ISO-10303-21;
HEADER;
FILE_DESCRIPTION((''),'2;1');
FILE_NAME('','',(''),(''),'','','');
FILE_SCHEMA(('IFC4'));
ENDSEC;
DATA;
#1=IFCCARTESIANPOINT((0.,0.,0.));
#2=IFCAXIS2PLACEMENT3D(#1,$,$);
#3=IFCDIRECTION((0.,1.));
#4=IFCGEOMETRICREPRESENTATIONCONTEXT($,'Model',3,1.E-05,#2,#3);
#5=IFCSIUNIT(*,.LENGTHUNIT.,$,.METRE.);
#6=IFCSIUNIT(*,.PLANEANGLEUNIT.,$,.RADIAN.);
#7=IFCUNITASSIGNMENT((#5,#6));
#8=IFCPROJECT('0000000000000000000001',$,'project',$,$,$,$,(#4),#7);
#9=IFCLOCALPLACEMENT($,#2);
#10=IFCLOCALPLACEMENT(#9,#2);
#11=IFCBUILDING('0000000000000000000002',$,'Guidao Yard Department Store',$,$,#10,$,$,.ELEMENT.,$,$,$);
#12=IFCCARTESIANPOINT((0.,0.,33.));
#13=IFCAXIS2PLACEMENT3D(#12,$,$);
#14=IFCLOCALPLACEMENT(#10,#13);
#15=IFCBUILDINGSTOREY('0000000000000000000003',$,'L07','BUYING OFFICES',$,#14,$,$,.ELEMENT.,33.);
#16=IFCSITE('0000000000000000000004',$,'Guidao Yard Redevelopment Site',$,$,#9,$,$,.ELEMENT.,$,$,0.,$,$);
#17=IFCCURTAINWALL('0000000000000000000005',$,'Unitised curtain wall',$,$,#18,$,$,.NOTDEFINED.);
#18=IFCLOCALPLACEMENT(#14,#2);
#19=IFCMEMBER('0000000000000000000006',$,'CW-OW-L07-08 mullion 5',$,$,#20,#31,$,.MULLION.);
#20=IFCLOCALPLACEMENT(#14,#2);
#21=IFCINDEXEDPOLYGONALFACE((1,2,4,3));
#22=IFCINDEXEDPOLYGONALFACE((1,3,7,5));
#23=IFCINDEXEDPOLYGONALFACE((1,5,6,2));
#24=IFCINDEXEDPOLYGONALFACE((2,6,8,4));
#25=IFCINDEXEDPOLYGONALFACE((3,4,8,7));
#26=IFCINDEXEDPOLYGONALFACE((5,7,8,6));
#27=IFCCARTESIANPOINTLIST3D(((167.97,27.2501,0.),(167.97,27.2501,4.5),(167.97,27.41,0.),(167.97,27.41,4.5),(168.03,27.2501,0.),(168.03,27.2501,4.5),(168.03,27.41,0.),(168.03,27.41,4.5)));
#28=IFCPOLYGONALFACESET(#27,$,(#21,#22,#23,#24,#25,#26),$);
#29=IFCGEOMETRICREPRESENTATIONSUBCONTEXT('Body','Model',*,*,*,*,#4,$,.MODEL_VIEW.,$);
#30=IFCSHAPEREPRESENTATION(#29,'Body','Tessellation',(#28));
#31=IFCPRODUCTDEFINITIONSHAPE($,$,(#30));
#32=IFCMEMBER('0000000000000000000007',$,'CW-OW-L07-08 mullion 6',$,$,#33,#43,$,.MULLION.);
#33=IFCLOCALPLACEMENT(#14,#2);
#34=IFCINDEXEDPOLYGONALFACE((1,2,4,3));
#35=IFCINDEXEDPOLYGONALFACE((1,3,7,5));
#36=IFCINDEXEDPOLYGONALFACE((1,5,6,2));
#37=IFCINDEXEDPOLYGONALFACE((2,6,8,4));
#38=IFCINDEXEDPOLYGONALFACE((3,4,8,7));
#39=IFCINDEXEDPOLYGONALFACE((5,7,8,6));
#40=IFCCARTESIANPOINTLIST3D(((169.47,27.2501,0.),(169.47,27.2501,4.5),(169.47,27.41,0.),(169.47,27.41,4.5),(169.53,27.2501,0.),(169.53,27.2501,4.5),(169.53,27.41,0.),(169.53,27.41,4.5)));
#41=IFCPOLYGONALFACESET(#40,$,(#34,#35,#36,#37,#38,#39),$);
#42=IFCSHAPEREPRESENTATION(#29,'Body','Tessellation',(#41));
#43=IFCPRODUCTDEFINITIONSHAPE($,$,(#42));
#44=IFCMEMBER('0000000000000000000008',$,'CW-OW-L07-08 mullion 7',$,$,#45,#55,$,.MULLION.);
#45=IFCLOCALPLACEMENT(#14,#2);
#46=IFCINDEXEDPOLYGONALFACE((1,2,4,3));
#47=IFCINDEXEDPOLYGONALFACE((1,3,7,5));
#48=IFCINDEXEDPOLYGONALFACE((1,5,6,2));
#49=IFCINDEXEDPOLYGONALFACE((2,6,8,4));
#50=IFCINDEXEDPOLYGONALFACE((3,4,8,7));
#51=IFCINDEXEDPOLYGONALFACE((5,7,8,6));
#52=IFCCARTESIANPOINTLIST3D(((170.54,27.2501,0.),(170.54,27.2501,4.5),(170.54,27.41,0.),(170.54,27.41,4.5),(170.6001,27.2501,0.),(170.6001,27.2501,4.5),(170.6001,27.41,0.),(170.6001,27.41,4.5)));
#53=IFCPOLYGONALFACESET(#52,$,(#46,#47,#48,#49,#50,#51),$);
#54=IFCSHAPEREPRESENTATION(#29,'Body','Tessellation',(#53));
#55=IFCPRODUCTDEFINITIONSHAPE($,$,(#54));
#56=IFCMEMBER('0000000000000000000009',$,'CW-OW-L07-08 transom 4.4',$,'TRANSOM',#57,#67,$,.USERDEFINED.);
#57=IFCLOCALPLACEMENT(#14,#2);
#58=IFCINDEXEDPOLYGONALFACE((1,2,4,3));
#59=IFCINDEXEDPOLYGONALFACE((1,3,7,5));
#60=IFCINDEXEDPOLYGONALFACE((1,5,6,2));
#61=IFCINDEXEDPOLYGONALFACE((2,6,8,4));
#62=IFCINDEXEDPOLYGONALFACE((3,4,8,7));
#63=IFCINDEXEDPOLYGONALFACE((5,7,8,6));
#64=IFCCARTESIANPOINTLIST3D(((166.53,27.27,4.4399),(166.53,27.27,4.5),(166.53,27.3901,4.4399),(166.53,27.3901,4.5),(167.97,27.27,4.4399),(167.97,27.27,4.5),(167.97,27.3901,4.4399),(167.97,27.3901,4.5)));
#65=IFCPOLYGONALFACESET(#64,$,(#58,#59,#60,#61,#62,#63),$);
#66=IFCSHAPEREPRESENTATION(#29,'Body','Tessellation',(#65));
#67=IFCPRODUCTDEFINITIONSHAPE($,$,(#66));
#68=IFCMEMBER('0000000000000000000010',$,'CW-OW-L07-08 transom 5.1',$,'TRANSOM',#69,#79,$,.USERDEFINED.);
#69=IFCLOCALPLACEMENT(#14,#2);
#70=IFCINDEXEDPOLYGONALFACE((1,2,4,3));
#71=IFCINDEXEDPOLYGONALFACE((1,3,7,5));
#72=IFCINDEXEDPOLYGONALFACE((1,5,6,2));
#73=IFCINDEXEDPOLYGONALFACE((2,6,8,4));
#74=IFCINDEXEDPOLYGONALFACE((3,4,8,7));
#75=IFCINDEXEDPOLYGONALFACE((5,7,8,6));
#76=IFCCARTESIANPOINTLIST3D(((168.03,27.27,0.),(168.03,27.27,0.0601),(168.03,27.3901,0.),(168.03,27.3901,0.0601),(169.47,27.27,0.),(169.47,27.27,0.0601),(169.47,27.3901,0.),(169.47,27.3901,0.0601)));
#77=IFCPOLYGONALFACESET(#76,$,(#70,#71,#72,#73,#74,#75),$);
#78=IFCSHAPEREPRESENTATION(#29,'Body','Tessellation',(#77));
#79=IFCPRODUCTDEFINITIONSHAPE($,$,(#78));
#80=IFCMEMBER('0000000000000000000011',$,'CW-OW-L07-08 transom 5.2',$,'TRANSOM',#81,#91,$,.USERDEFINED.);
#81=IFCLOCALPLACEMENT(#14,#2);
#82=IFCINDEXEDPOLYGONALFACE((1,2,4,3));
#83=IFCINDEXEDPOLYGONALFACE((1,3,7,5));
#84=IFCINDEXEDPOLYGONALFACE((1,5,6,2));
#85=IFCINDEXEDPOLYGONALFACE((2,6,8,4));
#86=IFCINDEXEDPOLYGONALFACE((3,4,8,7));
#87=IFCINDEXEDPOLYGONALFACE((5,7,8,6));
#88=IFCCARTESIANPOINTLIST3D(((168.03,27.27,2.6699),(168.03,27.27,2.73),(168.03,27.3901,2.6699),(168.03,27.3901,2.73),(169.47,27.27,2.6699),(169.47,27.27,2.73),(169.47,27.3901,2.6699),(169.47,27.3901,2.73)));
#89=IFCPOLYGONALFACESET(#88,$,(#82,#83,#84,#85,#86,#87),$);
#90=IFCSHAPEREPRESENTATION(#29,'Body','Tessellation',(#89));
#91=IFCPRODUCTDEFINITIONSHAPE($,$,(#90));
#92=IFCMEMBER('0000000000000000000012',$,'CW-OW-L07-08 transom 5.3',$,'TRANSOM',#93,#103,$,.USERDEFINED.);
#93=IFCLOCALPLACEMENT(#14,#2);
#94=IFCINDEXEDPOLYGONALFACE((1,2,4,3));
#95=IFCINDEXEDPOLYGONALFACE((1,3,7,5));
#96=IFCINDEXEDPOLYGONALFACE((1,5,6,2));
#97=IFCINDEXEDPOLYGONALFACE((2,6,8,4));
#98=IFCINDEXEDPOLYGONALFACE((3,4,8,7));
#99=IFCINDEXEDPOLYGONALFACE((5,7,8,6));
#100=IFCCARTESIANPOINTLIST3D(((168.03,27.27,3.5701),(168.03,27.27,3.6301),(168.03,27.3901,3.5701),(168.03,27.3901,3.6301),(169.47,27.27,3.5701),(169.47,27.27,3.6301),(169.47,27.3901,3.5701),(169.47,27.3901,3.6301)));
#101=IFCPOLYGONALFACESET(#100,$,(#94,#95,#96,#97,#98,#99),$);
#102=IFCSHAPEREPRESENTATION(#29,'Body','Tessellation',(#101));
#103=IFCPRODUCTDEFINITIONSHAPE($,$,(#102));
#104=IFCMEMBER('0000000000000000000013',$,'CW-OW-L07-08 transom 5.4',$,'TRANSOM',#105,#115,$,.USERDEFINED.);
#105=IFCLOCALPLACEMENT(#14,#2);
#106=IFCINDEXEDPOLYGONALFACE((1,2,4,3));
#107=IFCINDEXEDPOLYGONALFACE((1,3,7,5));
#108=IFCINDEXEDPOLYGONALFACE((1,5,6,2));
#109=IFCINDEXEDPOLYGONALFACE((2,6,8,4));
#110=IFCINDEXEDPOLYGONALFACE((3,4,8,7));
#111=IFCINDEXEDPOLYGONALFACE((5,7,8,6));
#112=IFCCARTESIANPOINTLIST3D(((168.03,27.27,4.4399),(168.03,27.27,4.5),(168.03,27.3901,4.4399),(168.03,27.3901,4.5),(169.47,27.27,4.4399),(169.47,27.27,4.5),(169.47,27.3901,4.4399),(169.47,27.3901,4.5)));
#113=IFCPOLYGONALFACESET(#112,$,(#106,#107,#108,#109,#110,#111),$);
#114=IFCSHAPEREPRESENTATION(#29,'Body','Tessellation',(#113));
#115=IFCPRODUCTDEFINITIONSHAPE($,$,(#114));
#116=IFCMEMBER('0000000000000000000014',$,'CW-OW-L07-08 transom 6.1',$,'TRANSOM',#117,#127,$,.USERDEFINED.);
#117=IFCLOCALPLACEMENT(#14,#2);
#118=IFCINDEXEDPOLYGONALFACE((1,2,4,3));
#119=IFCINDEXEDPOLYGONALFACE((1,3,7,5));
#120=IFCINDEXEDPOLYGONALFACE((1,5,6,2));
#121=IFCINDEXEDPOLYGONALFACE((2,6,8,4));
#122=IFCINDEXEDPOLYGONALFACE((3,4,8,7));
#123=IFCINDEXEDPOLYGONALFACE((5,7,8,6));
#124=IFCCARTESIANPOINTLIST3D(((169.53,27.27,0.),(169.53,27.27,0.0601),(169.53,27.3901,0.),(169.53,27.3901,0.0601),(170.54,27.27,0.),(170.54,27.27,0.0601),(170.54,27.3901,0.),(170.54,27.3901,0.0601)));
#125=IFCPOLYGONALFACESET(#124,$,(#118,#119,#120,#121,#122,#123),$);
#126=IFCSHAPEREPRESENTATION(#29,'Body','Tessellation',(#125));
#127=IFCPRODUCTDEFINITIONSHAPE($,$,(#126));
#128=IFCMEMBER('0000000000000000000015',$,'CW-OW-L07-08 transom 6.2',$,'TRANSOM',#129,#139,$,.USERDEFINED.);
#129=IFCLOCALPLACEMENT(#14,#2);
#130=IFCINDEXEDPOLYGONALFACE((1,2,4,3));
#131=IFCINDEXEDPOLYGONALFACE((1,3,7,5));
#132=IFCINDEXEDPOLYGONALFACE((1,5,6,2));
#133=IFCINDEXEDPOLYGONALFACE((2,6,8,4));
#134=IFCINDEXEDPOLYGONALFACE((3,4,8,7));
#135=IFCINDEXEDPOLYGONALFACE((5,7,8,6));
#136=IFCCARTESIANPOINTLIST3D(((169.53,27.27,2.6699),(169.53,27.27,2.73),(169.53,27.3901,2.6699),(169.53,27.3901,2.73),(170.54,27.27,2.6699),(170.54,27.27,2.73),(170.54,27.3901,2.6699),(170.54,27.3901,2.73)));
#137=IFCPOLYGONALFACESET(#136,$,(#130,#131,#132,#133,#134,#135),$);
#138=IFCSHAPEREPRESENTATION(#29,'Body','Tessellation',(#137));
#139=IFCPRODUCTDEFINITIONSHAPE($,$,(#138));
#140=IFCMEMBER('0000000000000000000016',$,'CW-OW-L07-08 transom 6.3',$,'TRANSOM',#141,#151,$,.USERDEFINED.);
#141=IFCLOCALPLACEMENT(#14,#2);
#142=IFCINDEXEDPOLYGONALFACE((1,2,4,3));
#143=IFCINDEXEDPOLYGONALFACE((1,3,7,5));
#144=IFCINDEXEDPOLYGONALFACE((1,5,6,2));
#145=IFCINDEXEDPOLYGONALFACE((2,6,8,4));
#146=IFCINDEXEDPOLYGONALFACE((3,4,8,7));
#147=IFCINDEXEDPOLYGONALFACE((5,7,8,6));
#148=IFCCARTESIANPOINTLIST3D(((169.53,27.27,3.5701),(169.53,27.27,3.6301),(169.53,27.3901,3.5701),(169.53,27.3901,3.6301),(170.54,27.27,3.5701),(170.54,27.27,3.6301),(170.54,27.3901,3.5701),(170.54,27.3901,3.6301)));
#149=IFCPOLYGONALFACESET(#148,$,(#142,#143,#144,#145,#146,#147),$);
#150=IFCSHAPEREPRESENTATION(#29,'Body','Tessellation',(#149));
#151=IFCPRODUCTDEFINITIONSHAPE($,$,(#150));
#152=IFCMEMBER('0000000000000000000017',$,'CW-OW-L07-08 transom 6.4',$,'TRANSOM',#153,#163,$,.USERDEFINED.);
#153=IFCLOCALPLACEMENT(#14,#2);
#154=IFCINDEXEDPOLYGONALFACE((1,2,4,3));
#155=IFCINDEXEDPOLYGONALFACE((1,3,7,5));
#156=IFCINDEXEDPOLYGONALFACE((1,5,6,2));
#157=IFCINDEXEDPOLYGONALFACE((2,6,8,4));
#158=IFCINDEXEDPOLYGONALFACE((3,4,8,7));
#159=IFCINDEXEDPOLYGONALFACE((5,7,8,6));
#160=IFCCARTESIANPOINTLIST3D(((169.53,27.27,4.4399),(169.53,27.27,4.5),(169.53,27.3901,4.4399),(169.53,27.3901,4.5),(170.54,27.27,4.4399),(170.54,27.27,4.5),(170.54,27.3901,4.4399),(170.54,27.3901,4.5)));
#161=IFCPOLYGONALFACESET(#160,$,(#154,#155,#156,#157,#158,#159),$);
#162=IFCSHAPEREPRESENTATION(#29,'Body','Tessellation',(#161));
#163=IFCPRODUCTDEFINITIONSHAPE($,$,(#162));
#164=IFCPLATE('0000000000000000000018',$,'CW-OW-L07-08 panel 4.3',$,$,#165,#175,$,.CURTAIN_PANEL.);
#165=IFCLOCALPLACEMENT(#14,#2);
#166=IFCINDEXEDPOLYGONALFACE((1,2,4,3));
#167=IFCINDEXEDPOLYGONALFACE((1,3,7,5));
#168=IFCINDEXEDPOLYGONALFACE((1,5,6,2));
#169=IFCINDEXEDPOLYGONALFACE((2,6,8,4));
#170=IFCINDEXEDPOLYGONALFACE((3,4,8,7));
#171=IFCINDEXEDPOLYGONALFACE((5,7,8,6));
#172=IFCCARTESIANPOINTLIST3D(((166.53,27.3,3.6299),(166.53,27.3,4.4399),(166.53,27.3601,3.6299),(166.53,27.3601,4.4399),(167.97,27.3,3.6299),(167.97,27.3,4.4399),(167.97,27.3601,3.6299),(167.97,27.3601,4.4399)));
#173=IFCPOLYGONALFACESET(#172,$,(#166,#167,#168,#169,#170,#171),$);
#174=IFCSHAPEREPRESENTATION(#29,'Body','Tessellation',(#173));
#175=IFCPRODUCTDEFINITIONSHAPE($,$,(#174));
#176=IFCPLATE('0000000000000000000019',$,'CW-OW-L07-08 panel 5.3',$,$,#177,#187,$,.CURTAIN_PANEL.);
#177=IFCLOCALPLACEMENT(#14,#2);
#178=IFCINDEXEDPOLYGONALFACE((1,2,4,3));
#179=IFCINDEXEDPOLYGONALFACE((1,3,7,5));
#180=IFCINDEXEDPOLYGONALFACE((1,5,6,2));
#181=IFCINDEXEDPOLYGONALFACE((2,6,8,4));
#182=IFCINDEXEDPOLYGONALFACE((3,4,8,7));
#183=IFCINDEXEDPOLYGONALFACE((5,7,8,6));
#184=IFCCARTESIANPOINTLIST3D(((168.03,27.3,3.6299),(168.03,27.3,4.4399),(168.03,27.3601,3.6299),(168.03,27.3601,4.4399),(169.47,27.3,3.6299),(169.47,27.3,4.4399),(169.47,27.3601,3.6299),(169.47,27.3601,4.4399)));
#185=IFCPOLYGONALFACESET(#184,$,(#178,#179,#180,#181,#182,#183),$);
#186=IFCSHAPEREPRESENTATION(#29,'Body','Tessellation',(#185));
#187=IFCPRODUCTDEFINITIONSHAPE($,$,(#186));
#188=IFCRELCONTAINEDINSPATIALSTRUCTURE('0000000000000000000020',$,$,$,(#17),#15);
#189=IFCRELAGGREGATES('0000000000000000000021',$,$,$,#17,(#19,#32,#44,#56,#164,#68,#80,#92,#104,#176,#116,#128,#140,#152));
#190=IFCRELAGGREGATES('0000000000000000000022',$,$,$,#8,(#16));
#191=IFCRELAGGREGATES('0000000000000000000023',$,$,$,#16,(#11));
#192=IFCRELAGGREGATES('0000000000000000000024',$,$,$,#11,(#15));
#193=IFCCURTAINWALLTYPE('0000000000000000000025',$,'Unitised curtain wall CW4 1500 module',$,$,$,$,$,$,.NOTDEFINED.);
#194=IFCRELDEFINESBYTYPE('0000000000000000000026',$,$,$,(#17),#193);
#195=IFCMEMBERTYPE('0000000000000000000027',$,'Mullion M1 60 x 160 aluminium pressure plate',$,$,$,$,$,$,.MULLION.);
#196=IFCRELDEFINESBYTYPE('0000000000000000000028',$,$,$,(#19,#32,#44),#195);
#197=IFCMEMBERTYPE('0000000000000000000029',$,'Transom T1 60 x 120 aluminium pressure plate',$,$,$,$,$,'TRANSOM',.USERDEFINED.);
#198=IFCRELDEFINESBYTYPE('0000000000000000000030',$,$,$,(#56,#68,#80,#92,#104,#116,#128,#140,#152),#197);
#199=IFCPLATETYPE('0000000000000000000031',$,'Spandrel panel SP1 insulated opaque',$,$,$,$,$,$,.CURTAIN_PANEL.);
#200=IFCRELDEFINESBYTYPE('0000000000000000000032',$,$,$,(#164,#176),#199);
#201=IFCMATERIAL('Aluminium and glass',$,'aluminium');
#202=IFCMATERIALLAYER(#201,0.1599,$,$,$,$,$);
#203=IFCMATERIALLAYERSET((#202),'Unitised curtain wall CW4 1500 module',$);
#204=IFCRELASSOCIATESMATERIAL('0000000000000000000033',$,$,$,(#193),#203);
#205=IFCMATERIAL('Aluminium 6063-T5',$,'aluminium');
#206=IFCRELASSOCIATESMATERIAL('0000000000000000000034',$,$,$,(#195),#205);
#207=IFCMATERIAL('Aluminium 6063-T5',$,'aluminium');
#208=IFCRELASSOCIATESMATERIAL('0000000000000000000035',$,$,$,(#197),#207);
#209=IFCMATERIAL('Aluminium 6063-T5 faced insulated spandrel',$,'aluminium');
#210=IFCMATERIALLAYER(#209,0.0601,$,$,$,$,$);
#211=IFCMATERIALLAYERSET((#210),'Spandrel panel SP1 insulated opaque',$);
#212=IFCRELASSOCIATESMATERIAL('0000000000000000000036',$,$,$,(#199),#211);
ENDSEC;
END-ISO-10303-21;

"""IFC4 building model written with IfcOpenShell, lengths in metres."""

from ifc_helpers import new_model, si_unit, direction, frame, origin, origin_2d, place, context, subcontext, project, spatial, rectangle, extrude, material, layer, layer_set, material_profile, profile_set, type_object, element, aggregate, save


model = new_model("IFC4")

# Units and contexts
model_context = context("Model", 3, precision=1e-05, world=origin(), true_north=direction((0.0, 1.0)))
body_context = subcontext(model_context, "Body", "Model", "MODEL_VIEW")
ifc_project = project(units=[si_unit("LENGTHUNIT", "METRE"), si_unit("PLANEANGLEUNIT", "RADIAN")], contexts=[model_context])

# Site, building, storey
site_placement = place(None, origin())
site = spatial("IfcSite", under=ifc_project, at=site_placement, Name="Guidao Yard Redevelopment Site", CompositionType="ELEMENT", RefElevation=0.0)
building_placement = place(site_placement, origin())
building = spatial("IfcBuilding", under=site, at=building_placement, Name="Guidao Yard Department Store", CompositionType="ELEMENT")
storey_placement = place(building_placement, frame((0.0, 0.0, 33.0)))
storey = spatial("IfcBuildingStorey", under=building, at=storey_placement, Name="L07", Description="BUYING OFFICES", CompositionType="ELEMENT", Elevation=33.0)

# Curtain wall, members, plates
ifc_material_1 = material(Name="Aluminium and glass", Category="aluminium")
ifc_layer_1 = layer(ifc_material_1, 0.1599)
ifc_layer_set_1 = layer_set([ifc_layer_1], Name="Unitised curtain wall CW4 1500 module")
curtain_wall_type = type_object("IfcCurtainWallType", Name="Unitised curtain wall CW4 1500 module", PredefinedType="NOTDEFINED", material=ifc_layer_set_1)
curtain_wall_placement = place(storey_placement, origin())
curtain_wall = element("IfcCurtainWall", 1, at=curtain_wall_placement, inside=storey, type_object=curtain_wall_type, Name="Unitised curtain wall", PredefinedType="NOTDEFINED")
ifc_material_2 = material(Name="Aluminium 6063-T5", Category="aluminium")
ifc_material_profile_1 = material_profile(ifc_material_2, rectangle(XDim=0.0601, YDim=0.1599, at=origin_2d()), Name="Mullion M1 60 x 160 aluminium pressure plate")
ifc_profile_set_1 = profile_set([ifc_material_profile_1], Name="Aluminium 6063-T5")
member_type_1 = type_object("IfcMemberType", Name="Mullion M1 60 x 160 aluminium pressure plate", PredefinedType="MULLION", material=ifc_profile_set_1)
member_1_placement = place(storey_placement, frame((168.0, 27.3301, 0.0), z_axis=(0.0, 0.0, 1.0), x_axis=(1.0, 0.0, 0.0)))
member_1 = element("IfcMember", 2, at=member_1_placement, type_object=member_type_1, Name="CW-OW-L07-08 mullion 5", PredefinedType="MULLION", context=body_context, shape_type="SweptSolid", body=[
    extrude(rectangle(XDim=0.0601, YDim=0.1599, at=origin_2d()), origin(), (0.0, 0.0, 1.0), 4.5),
])
member_2_placement = place(storey_placement, frame((169.5, 27.3301, 0.0), z_axis=(0.0, 0.0, 1.0), x_axis=(1.0, 0.0, 0.0)))
member_2 = element("IfcMember", 3, at=member_2_placement, type_object=member_type_1, Name="CW-OW-L07-08 mullion 6", PredefinedType="MULLION", context=body_context, shape_type="SweptSolid", body=[
    extrude(rectangle(XDim=0.0601, YDim=0.1599, at=origin_2d()), origin(), (0.0, 0.0, 1.0), 4.5),
])
member_3_placement = place(storey_placement, frame((170.5701, 27.3301, 0.0), z_axis=(0.0, 0.0, 1.0), x_axis=(1.0, 0.0, 0.0)))
member_3 = element("IfcMember", 4, at=member_3_placement, type_object=member_type_1, Name="CW-OW-L07-08 mullion 7", PredefinedType="MULLION", context=body_context, shape_type="SweptSolid", body=[
    extrude(rectangle(XDim=0.0601, YDim=0.1599, at=origin_2d()), origin(), (0.0, 0.0, 1.0), 4.5),
])
ifc_material_3 = material(Name="Aluminium 6063-T5", Category="aluminium")
ifc_material_profile_2 = material_profile(ifc_material_3, rectangle(XDim=0.1201, YDim=0.0601, at=origin_2d()), Name="Transom T1 60 x 120 aluminium pressure plate")
ifc_profile_set_2 = profile_set([ifc_material_profile_2], Name="Aluminium 6063-T5")
member_type_2 = type_object("IfcMemberType", Name="Transom T1 60 x 120 aluminium pressure plate", ElementType="TRANSOM", PredefinedType="USERDEFINED", material=ifc_profile_set_2)
member_4_placement = place(storey_placement, frame((166.53, 27.3301, 4.47), z_axis=(1.0, 0.0, 0.0), x_axis=(0.0, 1.0, 0.0)))
member_4 = element("IfcMember", 5, at=member_4_placement, type_object=member_type_2, Name="CW-OW-L07-08 transom 4.4", ObjectType="TRANSOM", PredefinedType="USERDEFINED", context=body_context, shape_type="SweptSolid", body=[
    extrude(rectangle(XDim=0.1201, YDim=0.0601, at=origin_2d()), origin(), (0.0, 0.0, 1.0), 1.4399),
])
member_5_placement = place(storey_placement, frame((168.03, 27.3301, 0.03), z_axis=(1.0, 0.0, 0.0), x_axis=(0.0, 1.0, 0.0)))
member_5 = element("IfcMember", 6, at=member_5_placement, type_object=member_type_2, Name="CW-OW-L07-08 transom 5.1", ObjectType="TRANSOM", PredefinedType="USERDEFINED", context=body_context, shape_type="SweptSolid", body=[
    extrude(rectangle(XDim=0.1201, YDim=0.0601, at=origin_2d()), origin(), (0.0, 0.0, 1.0), 1.4399),
])
member_6_placement = place(storey_placement, frame((168.03, 27.3301, 2.7), z_axis=(1.0, 0.0, 0.0), x_axis=(0.0, 1.0, 0.0)))
member_6 = element("IfcMember", 7, at=member_6_placement, type_object=member_type_2, Name="CW-OW-L07-08 transom 5.2", ObjectType="TRANSOM", PredefinedType="USERDEFINED", context=body_context, shape_type="SweptSolid", body=[
    extrude(rectangle(XDim=0.1201, YDim=0.0601, at=origin_2d()), origin(), (0.0, 0.0, 1.0), 1.4399),
])
member_7_placement = place(storey_placement, frame((168.03, 27.3301, 3.6001), z_axis=(1.0, 0.0, 0.0), x_axis=(0.0, 1.0, 0.0)))
member_7 = element("IfcMember", 8, at=member_7_placement, type_object=member_type_2, Name="CW-OW-L07-08 transom 5.3", ObjectType="TRANSOM", PredefinedType="USERDEFINED", context=body_context, shape_type="SweptSolid", body=[
    extrude(rectangle(XDim=0.1201, YDim=0.0601, at=origin_2d()), origin(), (0.0, 0.0, 1.0), 1.4399),
])
member_8_placement = place(storey_placement, frame((168.03, 27.3301, 4.47), z_axis=(1.0, 0.0, 0.0), x_axis=(0.0, 1.0, 0.0)))
member_8 = element("IfcMember", 9, at=member_8_placement, type_object=member_type_2, Name="CW-OW-L07-08 transom 5.4", ObjectType="TRANSOM", PredefinedType="USERDEFINED", context=body_context, shape_type="SweptSolid", body=[
    extrude(rectangle(XDim=0.1201, YDim=0.0601, at=origin_2d()), origin(), (0.0, 0.0, 1.0), 1.4399),
])
member_9_placement = place(storey_placement, frame((169.53, 27.3301, 0.03), z_axis=(1.0, 0.0, 0.0), x_axis=(0.0, 1.0, 0.0)))
member_9 = element("IfcMember", 10, at=member_9_placement, type_object=member_type_2, Name="CW-OW-L07-08 transom 6.1", ObjectType="TRANSOM", PredefinedType="USERDEFINED", context=body_context, shape_type="SweptSolid", body=[
    extrude(rectangle(XDim=0.1201, YDim=0.0601, at=origin_2d()), origin(), (0.0, 0.0, 1.0), 1.01),
])
member_10_placement = place(storey_placement, frame((169.53, 27.3301, 2.7), z_axis=(1.0, 0.0, 0.0), x_axis=(0.0, 1.0, 0.0)))
member_10 = element("IfcMember", 11, at=member_10_placement, type_object=member_type_2, Name="CW-OW-L07-08 transom 6.2", ObjectType="TRANSOM", PredefinedType="USERDEFINED", context=body_context, shape_type="SweptSolid", body=[
    extrude(rectangle(XDim=0.1201, YDim=0.0601, at=origin_2d()), origin(), (0.0, 0.0, 1.0), 1.01),
])
member_11_placement = place(storey_placement, frame((169.53, 27.3301, 3.6001), z_axis=(1.0, 0.0, 0.0), x_axis=(0.0, 1.0, 0.0)))
member_11 = element("IfcMember", 12, at=member_11_placement, type_object=member_type_2, Name="CW-OW-L07-08 transom 6.3", ObjectType="TRANSOM", PredefinedType="USERDEFINED", context=body_context, shape_type="SweptSolid", body=[
    extrude(rectangle(XDim=0.1201, YDim=0.0601, at=origin_2d()), origin(), (0.0, 0.0, 1.0), 1.01),
])
member_12_placement = place(storey_placement, frame((169.53, 27.3301, 4.47), z_axis=(1.0, 0.0, 0.0), x_axis=(0.0, 1.0, 0.0)))
member_12 = element("IfcMember", 13, at=member_12_placement, type_object=member_type_2, Name="CW-OW-L07-08 transom 6.4", ObjectType="TRANSOM", PredefinedType="USERDEFINED", context=body_context, shape_type="SweptSolid", body=[
    extrude(rectangle(XDim=0.1201, YDim=0.0601, at=origin_2d()), origin(), (0.0, 0.0, 1.0), 1.01),
])
ifc_material_4 = material(Name="Aluminium 6063-T5 faced insulated spandrel", Category="aluminium")
ifc_layer_2 = layer(ifc_material_4, 0.0601)
ifc_layer_set_2 = layer_set([ifc_layer_2], Name="Spandrel panel SP1 insulated opaque")
plate_type_1 = type_object("IfcPlateType", Name="Spandrel panel SP1 insulated opaque", PredefinedType="CURTAIN_PANEL", material=ifc_layer_set_2)
plate_1_placement = place(storey_placement, frame((167.25, 27.3301, 3.6299), z_axis=(0.0, 0.0, 1.0), x_axis=(1.0, 0.0, 0.0)))
plate_1 = element("IfcPlate", 14, at=plate_1_placement, type_object=plate_type_1, Name="CW-OW-L07-08 panel 4.3", PredefinedType="CURTAIN_PANEL", context=body_context, shape_type="SweptSolid", body=[
    extrude(rectangle(XDim=1.4399, YDim=0.0601, at=origin_2d()), origin(), (0.0, 0.0, 1.0), 0.8101),
])
plate_2_placement = place(storey_placement, frame((168.75, 27.3301, 3.6299), z_axis=(0.0, 0.0, 1.0), x_axis=(1.0, 0.0, 0.0)))
plate_2 = element("IfcPlate", 15, at=plate_2_placement, type_object=plate_type_1, Name="CW-OW-L07-08 panel 5.3", PredefinedType="CURTAIN_PANEL", context=body_context, shape_type="SweptSolid", body=[
    extrude(rectangle(XDim=1.4399, YDim=0.0601, at=origin_2d()), origin(), (0.0, 0.0, 1.0), 0.8101),
])
aggregate(curtain_wall, [member_1, member_2, member_3, member_4, plate_1, member_5, member_6, member_7, member_8, plate_2, member_9, member_10, member_11, member_12])

save(model, "model.ifc")
